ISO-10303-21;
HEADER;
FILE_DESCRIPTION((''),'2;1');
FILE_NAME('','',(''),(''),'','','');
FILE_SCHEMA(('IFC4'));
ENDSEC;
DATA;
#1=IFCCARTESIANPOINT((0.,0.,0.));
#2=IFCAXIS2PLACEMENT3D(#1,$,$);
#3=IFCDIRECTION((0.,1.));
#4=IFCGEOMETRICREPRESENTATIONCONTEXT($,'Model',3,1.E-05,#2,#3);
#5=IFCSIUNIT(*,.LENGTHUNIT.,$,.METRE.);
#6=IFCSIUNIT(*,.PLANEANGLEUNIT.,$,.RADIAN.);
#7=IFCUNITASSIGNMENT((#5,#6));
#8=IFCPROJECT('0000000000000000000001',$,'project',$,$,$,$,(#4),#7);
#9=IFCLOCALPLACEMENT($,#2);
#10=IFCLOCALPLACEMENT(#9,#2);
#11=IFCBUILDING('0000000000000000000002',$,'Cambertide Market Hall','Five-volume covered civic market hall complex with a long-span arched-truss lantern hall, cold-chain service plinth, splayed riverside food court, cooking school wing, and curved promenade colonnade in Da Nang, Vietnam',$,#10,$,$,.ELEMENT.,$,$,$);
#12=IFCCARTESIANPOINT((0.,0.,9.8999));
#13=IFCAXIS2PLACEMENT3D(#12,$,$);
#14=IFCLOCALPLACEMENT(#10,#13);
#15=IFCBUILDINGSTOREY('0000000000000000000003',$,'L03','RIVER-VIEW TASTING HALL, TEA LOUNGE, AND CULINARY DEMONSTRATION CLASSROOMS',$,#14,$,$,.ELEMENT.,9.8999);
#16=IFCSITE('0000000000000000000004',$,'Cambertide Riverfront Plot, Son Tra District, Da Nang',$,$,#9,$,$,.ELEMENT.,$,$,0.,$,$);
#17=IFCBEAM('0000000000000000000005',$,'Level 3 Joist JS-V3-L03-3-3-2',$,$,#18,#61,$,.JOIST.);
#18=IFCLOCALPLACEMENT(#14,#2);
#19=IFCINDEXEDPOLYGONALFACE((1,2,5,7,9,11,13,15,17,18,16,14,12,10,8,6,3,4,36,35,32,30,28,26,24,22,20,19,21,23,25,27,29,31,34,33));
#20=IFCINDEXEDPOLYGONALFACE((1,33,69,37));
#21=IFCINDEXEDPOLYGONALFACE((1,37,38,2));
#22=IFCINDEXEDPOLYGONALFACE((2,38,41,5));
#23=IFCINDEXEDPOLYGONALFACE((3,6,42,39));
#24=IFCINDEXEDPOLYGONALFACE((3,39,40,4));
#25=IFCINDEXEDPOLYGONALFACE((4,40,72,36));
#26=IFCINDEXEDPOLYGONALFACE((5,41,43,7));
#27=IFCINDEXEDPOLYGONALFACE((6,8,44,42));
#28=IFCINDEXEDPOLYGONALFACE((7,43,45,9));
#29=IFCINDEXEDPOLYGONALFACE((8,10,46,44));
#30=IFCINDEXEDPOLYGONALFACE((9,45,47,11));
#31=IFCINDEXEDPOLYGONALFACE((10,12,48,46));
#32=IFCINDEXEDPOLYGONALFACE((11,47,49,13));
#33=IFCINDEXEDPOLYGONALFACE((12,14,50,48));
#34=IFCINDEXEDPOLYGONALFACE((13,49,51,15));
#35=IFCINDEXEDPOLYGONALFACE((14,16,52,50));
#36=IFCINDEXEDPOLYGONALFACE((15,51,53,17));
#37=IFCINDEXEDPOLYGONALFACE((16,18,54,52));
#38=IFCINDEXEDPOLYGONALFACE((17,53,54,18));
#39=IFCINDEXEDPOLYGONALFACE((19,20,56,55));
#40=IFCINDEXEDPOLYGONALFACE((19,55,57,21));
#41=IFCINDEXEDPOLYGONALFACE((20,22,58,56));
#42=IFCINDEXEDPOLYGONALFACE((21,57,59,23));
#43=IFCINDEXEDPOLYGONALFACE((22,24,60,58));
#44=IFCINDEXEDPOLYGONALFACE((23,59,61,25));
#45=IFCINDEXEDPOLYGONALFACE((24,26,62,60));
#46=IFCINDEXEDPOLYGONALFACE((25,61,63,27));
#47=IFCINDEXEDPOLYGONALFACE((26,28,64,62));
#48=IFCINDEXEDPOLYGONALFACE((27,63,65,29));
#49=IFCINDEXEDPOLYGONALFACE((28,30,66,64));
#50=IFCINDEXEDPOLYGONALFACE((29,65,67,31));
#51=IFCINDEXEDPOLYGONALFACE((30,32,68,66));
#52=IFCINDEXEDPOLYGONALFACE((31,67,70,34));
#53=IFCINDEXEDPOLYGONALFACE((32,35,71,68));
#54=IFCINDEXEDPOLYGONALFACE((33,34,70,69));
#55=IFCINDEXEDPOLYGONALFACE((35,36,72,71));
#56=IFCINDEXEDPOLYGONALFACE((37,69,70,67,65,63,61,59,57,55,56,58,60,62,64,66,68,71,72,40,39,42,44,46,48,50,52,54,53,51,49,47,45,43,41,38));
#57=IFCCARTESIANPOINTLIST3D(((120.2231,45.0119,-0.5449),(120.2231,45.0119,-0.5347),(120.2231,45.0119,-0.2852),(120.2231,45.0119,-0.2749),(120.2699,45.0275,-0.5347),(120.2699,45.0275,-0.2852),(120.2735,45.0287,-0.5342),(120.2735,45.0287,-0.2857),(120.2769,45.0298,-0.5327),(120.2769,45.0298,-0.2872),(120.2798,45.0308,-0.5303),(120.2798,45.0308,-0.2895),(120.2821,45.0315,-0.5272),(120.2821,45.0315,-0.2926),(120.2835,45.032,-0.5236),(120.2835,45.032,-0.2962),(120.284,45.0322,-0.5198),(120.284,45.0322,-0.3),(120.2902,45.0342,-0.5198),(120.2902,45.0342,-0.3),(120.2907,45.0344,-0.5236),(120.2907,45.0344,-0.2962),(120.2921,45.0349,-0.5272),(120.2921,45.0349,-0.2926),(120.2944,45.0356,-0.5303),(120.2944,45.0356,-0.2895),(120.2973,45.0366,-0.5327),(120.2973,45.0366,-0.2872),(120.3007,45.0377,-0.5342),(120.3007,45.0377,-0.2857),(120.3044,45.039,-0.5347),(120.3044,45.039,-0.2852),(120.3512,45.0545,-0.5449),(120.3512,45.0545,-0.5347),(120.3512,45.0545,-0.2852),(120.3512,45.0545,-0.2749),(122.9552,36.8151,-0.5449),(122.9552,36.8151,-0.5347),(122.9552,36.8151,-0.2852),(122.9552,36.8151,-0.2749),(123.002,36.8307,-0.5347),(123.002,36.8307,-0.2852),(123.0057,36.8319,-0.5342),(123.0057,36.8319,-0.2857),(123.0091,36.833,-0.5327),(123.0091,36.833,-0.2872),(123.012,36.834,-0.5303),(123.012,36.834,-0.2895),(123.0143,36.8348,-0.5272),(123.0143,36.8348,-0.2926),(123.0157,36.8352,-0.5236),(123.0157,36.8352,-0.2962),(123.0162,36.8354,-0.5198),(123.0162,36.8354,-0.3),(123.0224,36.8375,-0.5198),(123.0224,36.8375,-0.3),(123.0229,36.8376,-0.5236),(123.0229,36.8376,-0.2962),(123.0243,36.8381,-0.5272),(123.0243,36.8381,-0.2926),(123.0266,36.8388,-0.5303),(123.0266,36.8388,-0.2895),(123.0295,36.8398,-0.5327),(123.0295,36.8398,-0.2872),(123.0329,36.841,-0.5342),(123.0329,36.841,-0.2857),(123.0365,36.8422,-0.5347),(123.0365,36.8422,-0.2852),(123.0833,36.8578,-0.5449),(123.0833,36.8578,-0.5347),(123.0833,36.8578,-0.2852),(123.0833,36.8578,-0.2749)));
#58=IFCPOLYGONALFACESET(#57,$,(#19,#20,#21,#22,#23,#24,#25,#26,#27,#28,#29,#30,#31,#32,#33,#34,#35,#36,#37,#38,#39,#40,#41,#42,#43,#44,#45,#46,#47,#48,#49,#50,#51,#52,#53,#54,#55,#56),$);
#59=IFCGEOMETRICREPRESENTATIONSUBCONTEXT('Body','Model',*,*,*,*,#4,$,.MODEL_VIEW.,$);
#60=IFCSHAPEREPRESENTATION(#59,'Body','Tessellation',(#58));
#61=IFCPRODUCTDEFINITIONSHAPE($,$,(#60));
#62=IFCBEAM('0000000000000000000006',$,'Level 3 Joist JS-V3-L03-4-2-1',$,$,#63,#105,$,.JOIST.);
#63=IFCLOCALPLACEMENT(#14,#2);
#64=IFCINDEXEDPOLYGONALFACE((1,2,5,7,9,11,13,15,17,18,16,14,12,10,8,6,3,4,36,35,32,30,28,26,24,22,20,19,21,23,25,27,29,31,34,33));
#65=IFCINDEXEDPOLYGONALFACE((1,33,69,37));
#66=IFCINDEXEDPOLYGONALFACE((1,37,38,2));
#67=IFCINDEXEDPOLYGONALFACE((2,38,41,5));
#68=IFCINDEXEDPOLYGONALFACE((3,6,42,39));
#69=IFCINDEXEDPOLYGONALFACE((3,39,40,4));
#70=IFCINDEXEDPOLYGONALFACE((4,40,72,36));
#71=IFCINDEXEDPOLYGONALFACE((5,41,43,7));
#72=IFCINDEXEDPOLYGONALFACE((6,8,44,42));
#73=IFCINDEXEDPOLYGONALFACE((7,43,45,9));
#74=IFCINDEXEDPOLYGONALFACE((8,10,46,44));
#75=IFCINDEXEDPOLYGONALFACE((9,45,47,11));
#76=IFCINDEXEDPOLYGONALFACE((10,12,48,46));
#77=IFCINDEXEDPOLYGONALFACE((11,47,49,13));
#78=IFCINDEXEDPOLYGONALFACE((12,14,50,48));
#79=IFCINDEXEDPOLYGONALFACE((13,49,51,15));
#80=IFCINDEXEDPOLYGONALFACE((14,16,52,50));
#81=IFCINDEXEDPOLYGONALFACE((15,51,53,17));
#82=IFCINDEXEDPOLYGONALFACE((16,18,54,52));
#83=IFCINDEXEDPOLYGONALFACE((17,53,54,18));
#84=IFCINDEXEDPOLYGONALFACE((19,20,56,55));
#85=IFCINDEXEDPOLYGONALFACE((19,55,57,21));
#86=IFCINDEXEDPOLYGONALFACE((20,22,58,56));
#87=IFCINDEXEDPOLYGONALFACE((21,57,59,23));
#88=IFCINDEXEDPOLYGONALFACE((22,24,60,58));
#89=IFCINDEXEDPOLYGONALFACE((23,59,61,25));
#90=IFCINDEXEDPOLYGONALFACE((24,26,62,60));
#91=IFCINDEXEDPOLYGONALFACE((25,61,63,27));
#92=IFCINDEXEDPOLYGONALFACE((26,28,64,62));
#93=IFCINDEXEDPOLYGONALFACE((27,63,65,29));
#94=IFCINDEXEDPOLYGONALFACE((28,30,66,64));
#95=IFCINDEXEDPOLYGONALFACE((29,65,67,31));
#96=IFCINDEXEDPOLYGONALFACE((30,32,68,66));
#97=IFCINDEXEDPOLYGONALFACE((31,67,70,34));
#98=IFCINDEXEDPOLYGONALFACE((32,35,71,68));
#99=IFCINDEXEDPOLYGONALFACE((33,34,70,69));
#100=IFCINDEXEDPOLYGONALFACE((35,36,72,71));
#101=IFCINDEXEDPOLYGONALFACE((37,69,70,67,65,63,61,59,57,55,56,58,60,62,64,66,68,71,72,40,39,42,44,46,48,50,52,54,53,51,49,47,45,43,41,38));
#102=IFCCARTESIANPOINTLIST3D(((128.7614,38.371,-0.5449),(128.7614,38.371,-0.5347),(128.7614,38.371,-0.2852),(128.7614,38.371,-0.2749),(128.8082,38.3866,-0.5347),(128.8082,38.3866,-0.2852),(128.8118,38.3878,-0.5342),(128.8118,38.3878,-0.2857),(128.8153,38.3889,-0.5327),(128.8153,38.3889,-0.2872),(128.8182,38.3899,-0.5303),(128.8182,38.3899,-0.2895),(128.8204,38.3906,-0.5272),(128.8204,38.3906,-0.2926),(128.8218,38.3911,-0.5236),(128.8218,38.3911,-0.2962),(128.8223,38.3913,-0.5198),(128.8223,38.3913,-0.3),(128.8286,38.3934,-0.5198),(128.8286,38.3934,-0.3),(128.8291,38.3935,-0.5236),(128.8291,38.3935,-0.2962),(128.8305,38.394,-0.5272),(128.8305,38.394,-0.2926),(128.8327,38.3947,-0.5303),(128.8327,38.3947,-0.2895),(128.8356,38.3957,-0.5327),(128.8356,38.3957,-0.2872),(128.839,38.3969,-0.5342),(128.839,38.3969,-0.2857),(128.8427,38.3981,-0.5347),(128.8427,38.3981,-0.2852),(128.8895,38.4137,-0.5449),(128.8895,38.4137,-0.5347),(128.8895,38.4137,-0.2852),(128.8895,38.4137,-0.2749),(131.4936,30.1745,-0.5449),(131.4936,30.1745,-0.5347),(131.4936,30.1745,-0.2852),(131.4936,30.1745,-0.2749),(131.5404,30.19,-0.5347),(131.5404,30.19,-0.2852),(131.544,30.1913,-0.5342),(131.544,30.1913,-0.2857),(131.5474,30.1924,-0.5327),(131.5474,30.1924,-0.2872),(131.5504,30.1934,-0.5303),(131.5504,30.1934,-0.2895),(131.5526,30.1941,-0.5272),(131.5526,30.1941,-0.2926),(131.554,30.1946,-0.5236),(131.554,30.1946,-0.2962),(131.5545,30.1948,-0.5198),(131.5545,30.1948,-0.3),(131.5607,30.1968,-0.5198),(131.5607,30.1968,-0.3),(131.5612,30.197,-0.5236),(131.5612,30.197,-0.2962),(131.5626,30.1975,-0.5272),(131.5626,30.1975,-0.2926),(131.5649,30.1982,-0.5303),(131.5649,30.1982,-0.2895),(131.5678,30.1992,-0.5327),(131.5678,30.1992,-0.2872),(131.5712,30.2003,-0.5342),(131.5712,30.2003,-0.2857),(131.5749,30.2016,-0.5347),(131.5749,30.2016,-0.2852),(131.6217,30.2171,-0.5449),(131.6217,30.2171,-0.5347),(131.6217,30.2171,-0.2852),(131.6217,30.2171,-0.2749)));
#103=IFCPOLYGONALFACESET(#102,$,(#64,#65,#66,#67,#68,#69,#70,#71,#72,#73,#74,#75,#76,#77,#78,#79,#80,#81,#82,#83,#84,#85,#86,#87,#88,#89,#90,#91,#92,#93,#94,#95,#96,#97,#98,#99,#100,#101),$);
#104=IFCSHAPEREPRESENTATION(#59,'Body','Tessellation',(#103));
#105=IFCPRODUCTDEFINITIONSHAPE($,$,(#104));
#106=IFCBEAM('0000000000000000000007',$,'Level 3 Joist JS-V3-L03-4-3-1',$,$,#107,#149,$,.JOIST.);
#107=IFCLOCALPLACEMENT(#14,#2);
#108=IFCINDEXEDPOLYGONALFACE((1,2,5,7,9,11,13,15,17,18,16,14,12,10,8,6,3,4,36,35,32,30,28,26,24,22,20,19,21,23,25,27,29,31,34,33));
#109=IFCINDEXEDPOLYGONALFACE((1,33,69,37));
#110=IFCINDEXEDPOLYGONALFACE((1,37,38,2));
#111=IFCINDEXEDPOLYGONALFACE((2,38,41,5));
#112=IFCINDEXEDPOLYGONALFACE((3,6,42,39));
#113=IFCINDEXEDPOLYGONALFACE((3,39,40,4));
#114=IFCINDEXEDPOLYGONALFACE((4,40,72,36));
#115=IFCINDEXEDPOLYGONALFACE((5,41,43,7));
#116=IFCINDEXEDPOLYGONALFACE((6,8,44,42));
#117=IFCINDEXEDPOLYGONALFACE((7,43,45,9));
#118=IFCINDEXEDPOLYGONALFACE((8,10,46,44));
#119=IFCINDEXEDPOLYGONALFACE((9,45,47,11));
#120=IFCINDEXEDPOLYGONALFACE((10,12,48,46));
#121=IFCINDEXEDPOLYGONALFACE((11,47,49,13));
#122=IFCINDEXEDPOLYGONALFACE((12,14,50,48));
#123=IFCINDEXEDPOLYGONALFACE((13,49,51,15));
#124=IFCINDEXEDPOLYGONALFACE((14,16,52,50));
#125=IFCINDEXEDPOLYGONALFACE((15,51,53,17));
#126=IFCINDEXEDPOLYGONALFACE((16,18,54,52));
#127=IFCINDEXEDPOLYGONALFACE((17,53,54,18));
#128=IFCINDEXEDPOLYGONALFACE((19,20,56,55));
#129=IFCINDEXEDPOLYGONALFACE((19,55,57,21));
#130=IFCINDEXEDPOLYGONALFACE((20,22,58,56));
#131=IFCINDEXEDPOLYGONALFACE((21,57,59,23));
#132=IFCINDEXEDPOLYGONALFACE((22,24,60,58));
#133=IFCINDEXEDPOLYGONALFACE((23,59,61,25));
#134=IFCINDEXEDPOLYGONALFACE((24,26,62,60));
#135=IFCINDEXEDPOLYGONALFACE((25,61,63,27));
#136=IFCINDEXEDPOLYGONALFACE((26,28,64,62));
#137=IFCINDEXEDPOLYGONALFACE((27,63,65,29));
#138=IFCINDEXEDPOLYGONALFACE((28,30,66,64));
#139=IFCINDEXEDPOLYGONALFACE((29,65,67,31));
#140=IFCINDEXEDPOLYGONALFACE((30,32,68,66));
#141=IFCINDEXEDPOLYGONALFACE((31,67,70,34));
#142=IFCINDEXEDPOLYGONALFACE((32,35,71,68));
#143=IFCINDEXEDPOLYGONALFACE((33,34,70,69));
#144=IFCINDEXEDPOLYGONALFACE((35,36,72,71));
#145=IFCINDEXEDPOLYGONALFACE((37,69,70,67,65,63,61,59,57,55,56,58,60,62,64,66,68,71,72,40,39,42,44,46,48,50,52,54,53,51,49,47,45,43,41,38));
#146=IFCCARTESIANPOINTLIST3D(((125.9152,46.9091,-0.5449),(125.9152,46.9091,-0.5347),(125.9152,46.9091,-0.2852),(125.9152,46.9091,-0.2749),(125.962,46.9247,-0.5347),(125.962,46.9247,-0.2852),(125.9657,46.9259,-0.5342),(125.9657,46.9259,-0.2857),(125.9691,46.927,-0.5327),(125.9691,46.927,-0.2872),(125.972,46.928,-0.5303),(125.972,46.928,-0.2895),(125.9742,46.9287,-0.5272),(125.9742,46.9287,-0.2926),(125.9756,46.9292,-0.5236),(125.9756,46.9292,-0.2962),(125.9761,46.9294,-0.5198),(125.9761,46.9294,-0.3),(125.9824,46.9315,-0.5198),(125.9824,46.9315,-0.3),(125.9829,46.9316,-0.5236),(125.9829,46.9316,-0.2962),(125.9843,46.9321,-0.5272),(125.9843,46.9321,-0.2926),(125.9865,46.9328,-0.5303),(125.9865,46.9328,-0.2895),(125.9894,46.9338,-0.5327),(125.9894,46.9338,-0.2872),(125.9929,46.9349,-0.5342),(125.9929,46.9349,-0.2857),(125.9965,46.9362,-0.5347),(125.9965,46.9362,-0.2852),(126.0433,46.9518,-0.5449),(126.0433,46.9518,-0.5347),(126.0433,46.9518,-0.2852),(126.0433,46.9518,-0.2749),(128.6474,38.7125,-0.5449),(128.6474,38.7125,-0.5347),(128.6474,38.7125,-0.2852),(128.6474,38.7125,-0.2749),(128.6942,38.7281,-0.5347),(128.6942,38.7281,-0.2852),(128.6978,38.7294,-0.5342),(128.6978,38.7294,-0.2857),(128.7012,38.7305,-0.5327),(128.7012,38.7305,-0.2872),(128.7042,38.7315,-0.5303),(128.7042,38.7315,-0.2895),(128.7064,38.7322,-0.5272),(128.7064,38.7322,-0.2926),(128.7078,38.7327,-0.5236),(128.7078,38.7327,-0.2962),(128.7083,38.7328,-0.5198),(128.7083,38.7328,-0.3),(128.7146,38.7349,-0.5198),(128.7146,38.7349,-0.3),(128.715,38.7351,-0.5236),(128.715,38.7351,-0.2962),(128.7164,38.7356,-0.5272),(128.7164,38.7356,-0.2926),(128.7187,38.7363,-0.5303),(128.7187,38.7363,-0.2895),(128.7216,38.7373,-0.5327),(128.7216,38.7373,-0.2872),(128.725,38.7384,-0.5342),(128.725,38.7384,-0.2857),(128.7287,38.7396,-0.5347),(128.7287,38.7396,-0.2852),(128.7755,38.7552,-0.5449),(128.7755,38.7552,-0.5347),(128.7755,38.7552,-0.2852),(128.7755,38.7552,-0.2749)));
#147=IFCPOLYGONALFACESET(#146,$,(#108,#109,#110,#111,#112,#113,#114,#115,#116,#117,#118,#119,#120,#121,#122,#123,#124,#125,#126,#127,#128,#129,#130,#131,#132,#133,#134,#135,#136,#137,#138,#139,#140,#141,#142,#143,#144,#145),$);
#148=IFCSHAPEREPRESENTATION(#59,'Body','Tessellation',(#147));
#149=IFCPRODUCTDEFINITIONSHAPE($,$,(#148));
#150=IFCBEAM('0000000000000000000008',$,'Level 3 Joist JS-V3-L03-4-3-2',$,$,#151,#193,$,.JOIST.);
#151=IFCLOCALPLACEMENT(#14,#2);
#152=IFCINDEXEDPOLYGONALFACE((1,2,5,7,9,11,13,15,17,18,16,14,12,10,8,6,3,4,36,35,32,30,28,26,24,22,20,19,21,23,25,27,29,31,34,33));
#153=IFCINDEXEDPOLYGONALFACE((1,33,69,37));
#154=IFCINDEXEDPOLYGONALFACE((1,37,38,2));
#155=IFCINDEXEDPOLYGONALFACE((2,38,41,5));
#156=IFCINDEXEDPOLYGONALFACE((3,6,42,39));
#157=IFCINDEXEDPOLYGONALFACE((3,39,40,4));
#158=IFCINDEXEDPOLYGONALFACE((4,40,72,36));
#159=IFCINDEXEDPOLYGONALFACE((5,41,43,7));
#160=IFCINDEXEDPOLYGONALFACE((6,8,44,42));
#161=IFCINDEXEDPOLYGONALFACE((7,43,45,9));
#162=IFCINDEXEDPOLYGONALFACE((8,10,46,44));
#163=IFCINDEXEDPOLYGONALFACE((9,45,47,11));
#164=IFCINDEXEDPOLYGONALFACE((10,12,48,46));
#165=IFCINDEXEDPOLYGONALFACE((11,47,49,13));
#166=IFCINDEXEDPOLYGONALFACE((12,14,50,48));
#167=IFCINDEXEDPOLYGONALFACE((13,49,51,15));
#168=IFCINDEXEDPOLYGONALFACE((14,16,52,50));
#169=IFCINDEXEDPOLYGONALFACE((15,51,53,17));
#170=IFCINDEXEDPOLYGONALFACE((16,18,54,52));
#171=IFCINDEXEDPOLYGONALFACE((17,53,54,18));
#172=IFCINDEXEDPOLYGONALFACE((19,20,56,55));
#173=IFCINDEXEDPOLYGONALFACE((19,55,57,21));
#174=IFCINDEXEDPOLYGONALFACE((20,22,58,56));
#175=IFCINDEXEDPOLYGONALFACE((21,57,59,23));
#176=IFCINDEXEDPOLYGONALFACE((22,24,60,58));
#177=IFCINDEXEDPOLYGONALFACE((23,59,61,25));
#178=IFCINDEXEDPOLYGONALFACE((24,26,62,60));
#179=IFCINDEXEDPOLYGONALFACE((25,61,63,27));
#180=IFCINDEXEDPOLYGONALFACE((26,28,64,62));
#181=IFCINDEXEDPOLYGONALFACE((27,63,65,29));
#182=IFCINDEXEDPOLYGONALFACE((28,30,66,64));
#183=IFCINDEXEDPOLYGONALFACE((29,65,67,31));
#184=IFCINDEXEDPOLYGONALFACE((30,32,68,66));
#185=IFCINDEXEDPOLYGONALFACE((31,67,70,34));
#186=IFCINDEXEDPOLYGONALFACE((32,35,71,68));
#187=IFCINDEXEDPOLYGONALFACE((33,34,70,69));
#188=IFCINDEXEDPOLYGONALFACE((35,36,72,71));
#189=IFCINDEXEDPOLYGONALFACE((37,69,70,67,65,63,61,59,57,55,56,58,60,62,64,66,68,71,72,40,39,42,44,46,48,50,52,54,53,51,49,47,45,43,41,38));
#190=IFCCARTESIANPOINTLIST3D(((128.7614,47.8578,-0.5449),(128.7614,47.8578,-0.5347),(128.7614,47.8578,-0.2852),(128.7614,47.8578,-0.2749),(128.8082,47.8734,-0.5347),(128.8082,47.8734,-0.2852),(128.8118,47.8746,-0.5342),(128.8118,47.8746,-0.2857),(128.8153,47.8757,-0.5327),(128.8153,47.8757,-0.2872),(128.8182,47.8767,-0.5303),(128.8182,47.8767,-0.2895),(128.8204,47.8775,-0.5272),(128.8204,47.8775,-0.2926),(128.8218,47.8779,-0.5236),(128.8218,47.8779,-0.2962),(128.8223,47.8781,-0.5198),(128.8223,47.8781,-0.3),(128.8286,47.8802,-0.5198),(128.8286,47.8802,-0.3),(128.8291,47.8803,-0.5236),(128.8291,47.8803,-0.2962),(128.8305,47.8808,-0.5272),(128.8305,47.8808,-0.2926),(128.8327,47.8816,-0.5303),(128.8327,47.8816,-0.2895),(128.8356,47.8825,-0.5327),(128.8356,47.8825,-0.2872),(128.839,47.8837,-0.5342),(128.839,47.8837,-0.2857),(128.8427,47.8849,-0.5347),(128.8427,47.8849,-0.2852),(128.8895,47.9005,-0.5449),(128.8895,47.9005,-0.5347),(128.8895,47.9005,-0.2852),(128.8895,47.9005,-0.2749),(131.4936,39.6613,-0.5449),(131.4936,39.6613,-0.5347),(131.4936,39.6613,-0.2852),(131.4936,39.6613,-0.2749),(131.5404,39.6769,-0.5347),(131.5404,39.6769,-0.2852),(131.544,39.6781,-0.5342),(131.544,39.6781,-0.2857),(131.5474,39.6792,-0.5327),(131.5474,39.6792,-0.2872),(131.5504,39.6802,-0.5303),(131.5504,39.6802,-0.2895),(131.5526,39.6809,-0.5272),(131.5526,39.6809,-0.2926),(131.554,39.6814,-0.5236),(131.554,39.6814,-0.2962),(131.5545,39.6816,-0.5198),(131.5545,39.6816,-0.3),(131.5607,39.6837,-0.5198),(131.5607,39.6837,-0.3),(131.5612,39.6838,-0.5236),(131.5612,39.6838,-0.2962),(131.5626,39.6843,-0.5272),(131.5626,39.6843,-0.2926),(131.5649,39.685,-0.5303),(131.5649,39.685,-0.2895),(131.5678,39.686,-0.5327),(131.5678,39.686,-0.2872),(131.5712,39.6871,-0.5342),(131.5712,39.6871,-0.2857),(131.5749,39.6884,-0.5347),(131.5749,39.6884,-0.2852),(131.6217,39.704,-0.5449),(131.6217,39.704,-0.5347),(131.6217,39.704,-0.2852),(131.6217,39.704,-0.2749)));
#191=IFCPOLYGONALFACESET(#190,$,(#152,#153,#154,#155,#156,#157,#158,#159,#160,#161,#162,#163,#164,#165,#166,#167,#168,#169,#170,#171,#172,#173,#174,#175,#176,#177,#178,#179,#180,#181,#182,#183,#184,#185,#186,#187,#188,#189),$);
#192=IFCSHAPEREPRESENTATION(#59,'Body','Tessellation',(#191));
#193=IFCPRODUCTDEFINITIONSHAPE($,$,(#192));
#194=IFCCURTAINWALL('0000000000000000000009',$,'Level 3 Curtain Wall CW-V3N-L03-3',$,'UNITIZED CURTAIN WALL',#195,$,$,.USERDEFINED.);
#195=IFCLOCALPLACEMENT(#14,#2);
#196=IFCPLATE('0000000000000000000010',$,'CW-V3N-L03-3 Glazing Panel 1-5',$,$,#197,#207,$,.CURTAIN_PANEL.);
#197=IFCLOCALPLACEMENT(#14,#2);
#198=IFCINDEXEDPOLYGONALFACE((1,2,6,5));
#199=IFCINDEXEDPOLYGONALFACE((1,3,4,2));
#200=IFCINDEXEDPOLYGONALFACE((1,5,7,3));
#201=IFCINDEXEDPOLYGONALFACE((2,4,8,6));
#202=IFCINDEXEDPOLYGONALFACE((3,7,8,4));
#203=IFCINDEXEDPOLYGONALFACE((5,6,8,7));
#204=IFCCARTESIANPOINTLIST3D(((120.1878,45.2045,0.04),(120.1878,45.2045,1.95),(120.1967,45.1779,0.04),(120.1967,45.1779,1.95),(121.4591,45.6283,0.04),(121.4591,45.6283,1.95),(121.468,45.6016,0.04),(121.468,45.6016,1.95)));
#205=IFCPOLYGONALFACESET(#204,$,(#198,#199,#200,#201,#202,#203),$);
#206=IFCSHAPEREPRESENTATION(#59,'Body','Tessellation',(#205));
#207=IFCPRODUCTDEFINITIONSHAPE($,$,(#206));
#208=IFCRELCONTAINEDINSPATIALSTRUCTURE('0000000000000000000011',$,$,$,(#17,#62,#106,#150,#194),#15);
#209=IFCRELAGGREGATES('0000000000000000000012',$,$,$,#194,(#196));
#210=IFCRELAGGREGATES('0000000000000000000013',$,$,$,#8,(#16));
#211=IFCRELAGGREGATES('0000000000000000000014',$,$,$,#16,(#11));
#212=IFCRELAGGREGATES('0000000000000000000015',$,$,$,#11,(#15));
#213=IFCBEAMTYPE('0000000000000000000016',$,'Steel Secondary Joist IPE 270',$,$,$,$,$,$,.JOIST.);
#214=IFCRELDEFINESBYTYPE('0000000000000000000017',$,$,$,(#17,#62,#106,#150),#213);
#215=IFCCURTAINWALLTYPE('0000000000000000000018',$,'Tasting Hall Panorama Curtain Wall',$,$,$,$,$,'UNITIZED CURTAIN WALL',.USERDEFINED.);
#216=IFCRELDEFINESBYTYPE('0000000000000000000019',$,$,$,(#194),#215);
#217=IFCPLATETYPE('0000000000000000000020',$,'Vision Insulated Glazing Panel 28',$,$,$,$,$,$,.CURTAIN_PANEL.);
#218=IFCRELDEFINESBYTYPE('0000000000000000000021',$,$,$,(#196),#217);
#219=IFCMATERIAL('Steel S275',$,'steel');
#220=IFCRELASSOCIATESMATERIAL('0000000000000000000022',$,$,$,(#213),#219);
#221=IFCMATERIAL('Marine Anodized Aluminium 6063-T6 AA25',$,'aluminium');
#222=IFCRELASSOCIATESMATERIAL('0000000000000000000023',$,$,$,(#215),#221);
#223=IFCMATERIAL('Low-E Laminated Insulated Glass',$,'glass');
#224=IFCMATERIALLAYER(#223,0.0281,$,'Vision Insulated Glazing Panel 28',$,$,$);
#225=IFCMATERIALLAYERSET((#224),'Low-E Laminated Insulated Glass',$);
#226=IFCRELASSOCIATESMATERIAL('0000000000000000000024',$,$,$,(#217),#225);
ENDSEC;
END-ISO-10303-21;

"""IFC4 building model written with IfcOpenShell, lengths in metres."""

from ifc_helpers import new_model, si_unit, direction, frame, origin, origin_2d, place, context, subcontext, project, spatial, rectangle, i_section, extrude, material, layer, layer_set, material_profile, profile_set, type_object, element, aggregate, save


model = new_model("IFC4")

# Units and contexts
model_context = context("Model", 3, precision=1e-05, world=origin(), true_north=direction((0.0, 1.0)))
body_context = subcontext(model_context, "Body", "Model", "MODEL_VIEW")
ifc_project = project(units=[si_unit("LENGTHUNIT", "METRE"), si_unit("PLANEANGLEUNIT", "RADIAN")], contexts=[model_context])

# Site, building, storey
site_placement = place(None, origin())
site = spatial("IfcSite", under=ifc_project, at=site_placement, Name="Cambertide Riverfront Plot, Son Tra District, Da Nang", CompositionType="ELEMENT", RefElevation=0.0)
building_placement = place(site_placement, origin())
building = spatial("IfcBuilding", under=site, at=building_placement, Name="Cambertide Market Hall", Description="Five-volume covered civic market hall complex with a long-span arched-truss lantern hall, cold-chain service plinth, splayed riverside food court, cooking school wing, and curved promenade colonnade in Da Nang, Vietnam", CompositionType="ELEMENT")
storey_placement = place(building_placement, frame((0.0, 0.0, 9.8999)))
storey = spatial("IfcBuildingStorey", under=building, at=storey_placement, Name="L03", Description="RIVER-VIEW TASTING HALL, TEA LOUNGE, AND CULINARY DEMONSTRATION CLASSROOMS", CompositionType="ELEMENT", Elevation=9.8999)

# Beams
ifc_material_1 = material(Name="Steel S275", Category="steel")
ifc_material_profile_1 = material_profile(ifc_material_1, i_section(OverallWidth=0.135, OverallDepth=0.27, WebThickness=0.0066, FlangeThickness=0.0103, FilletRadius=0.0149, at=origin_2d()), Name="IPE 270")
ifc_profile_set_1 = profile_set([ifc_material_profile_1], Name="Steel S275")
beam_type_1 = type_object("IfcBeamType", Name="Steel Secondary Joist IPE 270", PredefinedType="JOIST", material=ifc_profile_set_1)
beam_1_placement = place(storey_placement, frame((123.0193, 36.8364, -0.4099), z_axis=(-0.316219, 0.948686, 0.0), x_axis=(-0.948686, -0.316219, 0.0)))
element("IfcBeam", 1, at=beam_1_placement, inside=storey, type_object=beam_type_1, Name="Level 3 Joist JS-V3-L03-3-3-2", PredefinedType="JOIST", context=body_context, shape_type="SweptSolid", body=[
    extrude(i_section(OverallWidth=0.135, OverallDepth=0.27, WebThickness=0.0066, FlangeThickness=0.0103, FilletRadius=0.0149, at=origin_2d()), origin(), (0.0, 0.0, 1.0), 8.6401),
])
for number, where, z_axis, x_axis, name in (
    (2, (131.5576, 30.1958, -0.4099), (-0.316228, 0.948683, 0.0), (-0.948683, -0.316228, 0.0), "Level 3 Joist JS-V3-L03-4-2-1"),
    (3, (128.7114, 38.7339, -0.4099), (-0.316228, 0.948683, 0.0), (-0.948683, -0.316228, 0.0), "Level 3 Joist JS-V3-L03-4-3-1"),
    (4, (131.5576, 39.6826, -0.4099), (-0.316228, 0.948683, 0.0), (-0.948683, -0.316228, 0.0), "Level 3 Joist JS-V3-L03-4-3-2"),
):
    element("IfcBeam", number, at=place(storey_placement, frame(where, z_axis=z_axis, x_axis=x_axis)), inside=storey, type_object=beam_type_1, Name=name, PredefinedType="JOIST", context=body_context, shape_type="SweptSolid", body=[
        extrude(i_section(OverallWidth=0.135, OverallDepth=0.27, WebThickness=0.0066, FlangeThickness=0.0103, FilletRadius=0.0149, at=origin_2d()), origin(), (0.0, 0.0, 1.0), 8.6399),
    ])

# Curtain wall, plate
ifc_material_2 = material(Name="Marine Anodized Aluminium 6063-T6 AA25", Category="aluminium")
curtain_wall_type = type_object("IfcCurtainWallType", Name="Tasting Hall Panorama Curtain Wall", ElementType="UNITIZED CURTAIN WALL", PredefinedType="USERDEFINED", material=ifc_material_2)
curtain_wall_placement = place(storey_placement, origin())
curtain_wall = element("IfcCurtainWall", 5, at=curtain_wall_placement, inside=storey, type_object=curtain_wall_type, Name="Level 3 Curtain Wall CW-V3N-L03-3", ObjectType="UNITIZED CURTAIN WALL", PredefinedType="USERDEFINED")
ifc_material_3 = material(Name="Low-E Laminated Insulated Glass", Category="glass")
ifc_layer_1 = layer(ifc_material_3, 0.0281, Name="Vision Insulated Glazing Panel 28")
ifc_layer_set_1 = layer_set([ifc_layer_1], Name="Low-E Laminated Insulated Glass")
plate_type = type_object("IfcPlateType", Name="Vision Insulated Glazing Panel 28", PredefinedType="CURTAIN_PANEL", material=ifc_layer_set_1)
plate_1_placement = place(storey_placement, frame((120.8279, 45.4031, 0.04), z_axis=(0.0, 0.0, 1.0), x_axis=(0.948683, 0.316228, 0.0)))
plate_1 = element("IfcPlate", 6, at=plate_1_placement, type_object=plate_type, Name="CW-V3N-L03-3 Glazing Panel 1-5", PredefinedType="CURTAIN_PANEL", context=body_context, shape_type="SweptSolid", body=[
    extrude(rectangle(XDim=1.3401, YDim=0.0281, at=origin_2d()), origin(), (0.0, 0.0, 1.0), 1.9099),
])
aggregate(curtain_wall, [plate_1])

save(model, "model.ifc")
